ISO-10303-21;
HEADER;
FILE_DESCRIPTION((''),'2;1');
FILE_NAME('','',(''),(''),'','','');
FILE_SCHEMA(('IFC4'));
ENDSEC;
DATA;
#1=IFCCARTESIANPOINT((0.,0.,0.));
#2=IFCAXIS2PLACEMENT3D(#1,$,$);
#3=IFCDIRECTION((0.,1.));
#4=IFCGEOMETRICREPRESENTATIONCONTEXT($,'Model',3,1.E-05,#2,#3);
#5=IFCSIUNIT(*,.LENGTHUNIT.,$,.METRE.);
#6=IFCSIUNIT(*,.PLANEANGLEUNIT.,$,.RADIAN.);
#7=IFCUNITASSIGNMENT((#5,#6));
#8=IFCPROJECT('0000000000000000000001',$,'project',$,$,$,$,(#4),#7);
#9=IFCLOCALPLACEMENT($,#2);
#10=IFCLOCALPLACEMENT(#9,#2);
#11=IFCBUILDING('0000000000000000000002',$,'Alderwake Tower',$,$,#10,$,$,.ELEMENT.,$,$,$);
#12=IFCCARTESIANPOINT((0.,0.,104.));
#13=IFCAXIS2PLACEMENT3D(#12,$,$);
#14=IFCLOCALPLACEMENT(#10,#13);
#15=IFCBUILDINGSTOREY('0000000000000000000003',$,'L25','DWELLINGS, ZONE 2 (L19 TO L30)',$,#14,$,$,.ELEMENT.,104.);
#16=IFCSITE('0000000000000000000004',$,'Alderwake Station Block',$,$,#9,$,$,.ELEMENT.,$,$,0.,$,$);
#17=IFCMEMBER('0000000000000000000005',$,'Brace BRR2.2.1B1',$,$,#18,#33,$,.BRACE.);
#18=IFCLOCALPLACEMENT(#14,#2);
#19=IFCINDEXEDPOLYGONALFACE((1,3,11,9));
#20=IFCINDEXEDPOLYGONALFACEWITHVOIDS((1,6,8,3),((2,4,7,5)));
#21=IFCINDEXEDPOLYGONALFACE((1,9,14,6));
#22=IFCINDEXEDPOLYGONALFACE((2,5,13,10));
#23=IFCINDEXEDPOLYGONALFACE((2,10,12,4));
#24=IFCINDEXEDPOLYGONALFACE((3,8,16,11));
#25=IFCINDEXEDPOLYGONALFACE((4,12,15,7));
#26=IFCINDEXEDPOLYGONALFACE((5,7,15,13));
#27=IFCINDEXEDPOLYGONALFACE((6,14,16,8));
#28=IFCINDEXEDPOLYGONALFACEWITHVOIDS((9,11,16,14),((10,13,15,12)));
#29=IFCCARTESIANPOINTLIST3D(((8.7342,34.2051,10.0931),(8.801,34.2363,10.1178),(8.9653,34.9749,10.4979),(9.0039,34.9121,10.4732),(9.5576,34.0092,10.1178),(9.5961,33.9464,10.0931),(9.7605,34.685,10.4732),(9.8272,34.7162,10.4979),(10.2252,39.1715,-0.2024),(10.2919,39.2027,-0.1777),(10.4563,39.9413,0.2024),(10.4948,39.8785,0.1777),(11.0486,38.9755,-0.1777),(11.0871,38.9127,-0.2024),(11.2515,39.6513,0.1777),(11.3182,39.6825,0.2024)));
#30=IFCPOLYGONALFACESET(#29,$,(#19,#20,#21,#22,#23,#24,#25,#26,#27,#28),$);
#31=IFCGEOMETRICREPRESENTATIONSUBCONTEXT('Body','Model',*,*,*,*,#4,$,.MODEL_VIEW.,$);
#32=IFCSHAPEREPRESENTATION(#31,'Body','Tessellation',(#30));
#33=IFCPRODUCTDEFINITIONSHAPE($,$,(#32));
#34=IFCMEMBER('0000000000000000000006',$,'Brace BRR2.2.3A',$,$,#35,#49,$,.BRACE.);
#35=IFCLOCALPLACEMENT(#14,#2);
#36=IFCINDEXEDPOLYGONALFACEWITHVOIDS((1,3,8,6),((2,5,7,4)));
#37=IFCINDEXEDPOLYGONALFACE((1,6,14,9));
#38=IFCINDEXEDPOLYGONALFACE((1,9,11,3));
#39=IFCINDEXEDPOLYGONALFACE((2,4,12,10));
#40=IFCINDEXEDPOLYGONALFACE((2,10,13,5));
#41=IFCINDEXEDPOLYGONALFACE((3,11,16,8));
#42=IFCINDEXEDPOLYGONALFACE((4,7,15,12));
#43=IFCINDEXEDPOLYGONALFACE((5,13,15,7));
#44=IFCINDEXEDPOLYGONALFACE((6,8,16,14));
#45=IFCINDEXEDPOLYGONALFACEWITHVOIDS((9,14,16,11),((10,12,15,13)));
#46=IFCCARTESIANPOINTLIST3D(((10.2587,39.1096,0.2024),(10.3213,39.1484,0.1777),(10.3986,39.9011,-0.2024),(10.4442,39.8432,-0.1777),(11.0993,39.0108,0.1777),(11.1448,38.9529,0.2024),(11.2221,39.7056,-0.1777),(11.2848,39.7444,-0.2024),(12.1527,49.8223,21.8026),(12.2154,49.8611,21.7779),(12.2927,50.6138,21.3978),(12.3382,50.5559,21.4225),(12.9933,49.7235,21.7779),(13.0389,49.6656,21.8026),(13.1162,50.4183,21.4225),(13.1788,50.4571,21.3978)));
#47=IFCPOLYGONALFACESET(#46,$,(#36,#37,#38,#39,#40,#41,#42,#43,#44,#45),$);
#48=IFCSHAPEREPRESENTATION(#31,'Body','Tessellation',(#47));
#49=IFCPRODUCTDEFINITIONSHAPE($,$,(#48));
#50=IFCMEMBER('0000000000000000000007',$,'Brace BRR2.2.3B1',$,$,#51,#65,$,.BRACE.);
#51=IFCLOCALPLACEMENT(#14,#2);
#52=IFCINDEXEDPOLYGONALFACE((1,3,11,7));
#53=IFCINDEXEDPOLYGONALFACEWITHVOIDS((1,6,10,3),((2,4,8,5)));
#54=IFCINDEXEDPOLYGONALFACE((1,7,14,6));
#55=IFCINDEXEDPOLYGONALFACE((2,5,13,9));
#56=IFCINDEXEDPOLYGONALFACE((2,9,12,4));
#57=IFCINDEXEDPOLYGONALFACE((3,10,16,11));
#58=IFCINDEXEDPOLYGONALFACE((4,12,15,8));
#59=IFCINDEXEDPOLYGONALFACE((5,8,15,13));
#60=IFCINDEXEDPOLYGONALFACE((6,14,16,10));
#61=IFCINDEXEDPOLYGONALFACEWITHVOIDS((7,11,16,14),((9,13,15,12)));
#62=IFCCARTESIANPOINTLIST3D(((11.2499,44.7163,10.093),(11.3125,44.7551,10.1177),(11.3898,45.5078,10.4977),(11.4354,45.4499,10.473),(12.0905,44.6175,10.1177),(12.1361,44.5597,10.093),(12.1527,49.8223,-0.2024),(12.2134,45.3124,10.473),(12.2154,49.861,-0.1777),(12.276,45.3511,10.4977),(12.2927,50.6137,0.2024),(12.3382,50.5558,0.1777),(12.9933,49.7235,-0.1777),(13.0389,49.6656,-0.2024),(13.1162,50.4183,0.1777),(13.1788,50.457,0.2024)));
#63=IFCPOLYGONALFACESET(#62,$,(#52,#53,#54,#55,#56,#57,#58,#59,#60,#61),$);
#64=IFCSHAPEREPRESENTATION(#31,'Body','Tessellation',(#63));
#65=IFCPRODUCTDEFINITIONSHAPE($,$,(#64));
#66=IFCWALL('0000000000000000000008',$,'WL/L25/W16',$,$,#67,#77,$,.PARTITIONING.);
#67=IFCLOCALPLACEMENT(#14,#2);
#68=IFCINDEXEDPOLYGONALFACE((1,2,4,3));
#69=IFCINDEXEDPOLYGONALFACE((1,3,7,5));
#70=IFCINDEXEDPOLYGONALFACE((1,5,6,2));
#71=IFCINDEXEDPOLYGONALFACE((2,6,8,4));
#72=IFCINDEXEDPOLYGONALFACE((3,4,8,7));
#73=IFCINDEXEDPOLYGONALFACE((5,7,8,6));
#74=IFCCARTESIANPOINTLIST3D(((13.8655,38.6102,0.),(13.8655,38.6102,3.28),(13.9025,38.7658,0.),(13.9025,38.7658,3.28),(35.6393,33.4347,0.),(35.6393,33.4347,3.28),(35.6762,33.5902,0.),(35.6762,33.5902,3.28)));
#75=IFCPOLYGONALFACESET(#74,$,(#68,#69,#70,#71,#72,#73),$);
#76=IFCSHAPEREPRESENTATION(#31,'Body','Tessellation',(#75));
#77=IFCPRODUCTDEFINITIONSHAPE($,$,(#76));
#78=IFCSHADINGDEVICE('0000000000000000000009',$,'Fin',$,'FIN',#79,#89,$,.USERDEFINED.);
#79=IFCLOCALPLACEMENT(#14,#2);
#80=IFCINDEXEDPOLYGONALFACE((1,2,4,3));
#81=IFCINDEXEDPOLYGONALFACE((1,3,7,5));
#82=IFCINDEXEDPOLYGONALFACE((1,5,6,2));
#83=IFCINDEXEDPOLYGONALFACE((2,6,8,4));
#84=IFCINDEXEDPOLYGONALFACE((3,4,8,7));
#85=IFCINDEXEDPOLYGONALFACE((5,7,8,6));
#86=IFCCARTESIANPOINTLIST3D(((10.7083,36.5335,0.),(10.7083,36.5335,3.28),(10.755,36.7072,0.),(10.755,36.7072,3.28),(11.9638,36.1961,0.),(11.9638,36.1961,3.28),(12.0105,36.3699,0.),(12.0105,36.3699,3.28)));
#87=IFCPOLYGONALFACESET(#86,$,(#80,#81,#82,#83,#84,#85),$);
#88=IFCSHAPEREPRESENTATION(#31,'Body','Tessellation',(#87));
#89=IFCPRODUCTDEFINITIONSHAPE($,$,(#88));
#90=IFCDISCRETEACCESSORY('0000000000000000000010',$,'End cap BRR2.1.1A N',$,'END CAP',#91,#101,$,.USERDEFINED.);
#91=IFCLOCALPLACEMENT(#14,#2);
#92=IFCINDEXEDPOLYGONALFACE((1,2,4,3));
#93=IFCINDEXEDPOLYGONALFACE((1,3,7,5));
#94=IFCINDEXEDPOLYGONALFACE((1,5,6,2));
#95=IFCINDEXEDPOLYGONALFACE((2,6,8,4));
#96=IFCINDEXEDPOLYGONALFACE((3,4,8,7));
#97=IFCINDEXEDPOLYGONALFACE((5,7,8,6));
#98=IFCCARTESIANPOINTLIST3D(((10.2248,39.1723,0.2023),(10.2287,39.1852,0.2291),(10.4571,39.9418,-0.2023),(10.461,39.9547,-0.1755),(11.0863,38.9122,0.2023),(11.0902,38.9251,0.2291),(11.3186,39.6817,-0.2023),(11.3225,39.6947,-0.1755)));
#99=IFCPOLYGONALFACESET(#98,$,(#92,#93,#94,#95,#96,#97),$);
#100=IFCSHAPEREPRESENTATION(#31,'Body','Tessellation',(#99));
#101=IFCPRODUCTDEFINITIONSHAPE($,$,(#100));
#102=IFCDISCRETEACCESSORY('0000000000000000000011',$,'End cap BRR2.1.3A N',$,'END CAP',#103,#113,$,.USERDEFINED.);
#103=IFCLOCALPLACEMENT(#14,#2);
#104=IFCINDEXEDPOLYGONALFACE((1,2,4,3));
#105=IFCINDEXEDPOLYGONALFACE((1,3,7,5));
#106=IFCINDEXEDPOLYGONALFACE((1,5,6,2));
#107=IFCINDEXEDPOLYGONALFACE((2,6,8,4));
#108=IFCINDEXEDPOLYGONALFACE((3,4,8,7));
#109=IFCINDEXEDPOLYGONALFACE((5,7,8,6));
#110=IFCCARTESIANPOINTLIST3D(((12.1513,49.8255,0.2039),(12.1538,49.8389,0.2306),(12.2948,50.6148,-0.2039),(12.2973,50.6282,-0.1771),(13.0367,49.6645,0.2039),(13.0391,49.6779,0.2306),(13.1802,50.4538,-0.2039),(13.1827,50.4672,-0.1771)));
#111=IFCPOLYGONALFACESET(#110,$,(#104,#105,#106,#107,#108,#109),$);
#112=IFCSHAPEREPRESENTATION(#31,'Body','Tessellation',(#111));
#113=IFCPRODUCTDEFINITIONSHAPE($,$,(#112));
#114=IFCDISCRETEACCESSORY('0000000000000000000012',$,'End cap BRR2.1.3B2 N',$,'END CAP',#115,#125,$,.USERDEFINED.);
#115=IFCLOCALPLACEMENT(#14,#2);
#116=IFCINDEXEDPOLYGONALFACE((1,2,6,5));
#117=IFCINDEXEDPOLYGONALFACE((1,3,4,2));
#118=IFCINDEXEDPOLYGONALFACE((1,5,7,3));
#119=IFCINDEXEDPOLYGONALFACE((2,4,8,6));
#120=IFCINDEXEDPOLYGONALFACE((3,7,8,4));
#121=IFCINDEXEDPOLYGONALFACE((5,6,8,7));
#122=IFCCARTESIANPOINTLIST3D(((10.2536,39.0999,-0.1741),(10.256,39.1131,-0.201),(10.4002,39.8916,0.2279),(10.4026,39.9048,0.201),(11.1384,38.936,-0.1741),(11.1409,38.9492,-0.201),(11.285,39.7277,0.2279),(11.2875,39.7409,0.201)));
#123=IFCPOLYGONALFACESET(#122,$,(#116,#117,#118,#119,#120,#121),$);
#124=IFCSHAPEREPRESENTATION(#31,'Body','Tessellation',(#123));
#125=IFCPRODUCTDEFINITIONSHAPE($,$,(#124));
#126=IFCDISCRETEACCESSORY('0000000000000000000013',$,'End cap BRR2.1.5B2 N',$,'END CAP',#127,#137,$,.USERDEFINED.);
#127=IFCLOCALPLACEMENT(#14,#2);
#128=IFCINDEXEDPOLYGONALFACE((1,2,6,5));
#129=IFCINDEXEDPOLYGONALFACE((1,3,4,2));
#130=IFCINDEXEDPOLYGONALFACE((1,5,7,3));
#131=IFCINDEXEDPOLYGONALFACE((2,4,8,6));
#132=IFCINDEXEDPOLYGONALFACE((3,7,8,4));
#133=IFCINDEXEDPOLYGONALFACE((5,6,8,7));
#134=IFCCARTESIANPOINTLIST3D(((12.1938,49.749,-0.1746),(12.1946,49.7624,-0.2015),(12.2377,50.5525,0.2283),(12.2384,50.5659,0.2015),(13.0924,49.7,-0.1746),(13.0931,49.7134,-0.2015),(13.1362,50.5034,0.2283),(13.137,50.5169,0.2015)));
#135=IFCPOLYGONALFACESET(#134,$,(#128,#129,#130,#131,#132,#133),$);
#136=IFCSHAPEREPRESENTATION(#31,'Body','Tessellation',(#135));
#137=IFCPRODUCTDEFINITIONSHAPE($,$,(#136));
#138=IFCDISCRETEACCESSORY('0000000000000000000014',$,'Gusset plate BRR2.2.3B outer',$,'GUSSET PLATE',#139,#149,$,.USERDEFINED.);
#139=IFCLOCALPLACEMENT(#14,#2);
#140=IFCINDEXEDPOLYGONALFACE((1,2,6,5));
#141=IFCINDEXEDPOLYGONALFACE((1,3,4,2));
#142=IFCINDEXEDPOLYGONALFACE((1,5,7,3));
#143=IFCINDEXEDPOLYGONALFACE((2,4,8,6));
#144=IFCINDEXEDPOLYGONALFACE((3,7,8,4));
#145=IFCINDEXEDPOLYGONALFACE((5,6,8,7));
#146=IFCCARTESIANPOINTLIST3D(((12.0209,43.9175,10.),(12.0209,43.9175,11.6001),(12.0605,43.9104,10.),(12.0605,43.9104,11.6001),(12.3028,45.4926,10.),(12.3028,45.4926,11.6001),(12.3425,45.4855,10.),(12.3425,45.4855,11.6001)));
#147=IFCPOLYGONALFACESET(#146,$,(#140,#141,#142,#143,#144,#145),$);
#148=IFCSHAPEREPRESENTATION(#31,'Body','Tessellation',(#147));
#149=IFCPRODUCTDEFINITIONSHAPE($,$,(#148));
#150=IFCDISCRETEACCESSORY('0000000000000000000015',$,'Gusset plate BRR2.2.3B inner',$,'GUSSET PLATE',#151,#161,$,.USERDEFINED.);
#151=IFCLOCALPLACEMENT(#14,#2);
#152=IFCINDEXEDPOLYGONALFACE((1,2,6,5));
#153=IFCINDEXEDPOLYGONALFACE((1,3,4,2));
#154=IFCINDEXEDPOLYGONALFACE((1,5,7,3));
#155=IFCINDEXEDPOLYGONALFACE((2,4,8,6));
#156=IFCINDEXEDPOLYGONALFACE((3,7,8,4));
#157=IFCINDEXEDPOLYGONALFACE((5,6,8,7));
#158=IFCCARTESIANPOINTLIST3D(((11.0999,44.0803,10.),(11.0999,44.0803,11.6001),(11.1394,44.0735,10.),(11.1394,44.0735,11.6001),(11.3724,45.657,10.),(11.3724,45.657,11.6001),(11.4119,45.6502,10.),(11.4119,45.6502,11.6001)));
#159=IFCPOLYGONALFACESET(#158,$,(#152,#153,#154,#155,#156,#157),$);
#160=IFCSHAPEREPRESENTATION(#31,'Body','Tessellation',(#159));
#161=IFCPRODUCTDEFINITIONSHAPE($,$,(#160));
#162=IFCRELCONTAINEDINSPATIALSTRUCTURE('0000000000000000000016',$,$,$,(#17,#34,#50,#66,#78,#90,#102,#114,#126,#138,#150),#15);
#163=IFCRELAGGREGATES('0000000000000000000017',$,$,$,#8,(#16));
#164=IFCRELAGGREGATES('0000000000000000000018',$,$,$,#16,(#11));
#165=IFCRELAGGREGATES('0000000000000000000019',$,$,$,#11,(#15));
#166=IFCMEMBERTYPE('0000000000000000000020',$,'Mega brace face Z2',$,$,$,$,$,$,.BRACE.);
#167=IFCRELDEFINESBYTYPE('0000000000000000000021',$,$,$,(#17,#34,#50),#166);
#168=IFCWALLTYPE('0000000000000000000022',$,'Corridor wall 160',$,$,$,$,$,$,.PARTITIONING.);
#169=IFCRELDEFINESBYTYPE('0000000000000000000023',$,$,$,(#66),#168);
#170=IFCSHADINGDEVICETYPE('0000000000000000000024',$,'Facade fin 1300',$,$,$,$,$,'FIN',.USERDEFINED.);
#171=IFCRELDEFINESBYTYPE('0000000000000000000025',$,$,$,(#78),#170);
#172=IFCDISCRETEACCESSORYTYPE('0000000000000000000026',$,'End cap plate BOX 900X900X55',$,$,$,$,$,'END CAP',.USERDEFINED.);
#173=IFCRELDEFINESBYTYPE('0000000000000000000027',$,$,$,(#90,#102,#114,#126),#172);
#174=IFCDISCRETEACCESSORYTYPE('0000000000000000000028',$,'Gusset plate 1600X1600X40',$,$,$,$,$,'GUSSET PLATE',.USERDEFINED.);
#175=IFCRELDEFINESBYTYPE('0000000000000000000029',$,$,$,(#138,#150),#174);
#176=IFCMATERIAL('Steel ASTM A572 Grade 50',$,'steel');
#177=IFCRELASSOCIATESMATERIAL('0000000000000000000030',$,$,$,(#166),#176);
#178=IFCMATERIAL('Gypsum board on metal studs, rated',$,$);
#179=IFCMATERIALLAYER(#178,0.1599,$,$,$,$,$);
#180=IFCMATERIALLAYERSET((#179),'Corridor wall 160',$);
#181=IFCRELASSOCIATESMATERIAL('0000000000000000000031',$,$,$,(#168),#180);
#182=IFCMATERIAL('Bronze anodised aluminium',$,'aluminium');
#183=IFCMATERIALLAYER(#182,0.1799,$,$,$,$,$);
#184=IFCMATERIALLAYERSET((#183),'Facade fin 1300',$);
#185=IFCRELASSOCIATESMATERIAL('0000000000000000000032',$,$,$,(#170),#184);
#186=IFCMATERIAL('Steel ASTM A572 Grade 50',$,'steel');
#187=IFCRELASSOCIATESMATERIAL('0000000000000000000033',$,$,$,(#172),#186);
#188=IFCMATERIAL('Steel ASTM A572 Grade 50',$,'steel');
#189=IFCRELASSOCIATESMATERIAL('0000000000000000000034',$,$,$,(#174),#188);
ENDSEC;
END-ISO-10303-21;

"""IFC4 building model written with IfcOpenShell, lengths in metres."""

from ifc_helpers import new_model, si_unit, direction, frame, frame_2d, origin, origin_2d, place, context, subcontext, project, spatial, rectangle, hollow_rectangle, extrude, material, layer, layer_set, material_profile, profile_set, type_object, element, save


model = new_model("IFC4")

# Units and contexts
model_context = context("Model", 3, precision=1e-05, world=origin(), true_north=direction((0.0, 1.0)))
body_context = subcontext(model_context, "Body", "Model", "MODEL_VIEW")
ifc_project = project(units=[si_unit("LENGTHUNIT", "METRE"), si_unit("PLANEANGLEUNIT", "RADIAN")], contexts=[model_context])

# Site, building, storey
site_placement = place(None, origin())
site = spatial("IfcSite", under=ifc_project, at=site_placement, Name="Alderwake Station Block", CompositionType="ELEMENT", RefElevation=0.0)
building_placement = place(site_placement, origin())
building = spatial("IfcBuilding", under=site, at=building_placement, Name="Alderwake Tower", CompositionType="ELEMENT")
storey_placement = place(building_placement, frame((0.0, 0.0, 104.0)))
storey = spatial("IfcBuildingStorey", under=building, at=storey_placement, Name="L25", Description="DWELLINGS, ZONE 2 (L19 TO L30)", CompositionType="ELEMENT", Elevation=104.0)

# Members
ifc_material_1 = material(Name="Steel ASTM A572 Grade 50", Category="steel")
ifc_material_profile_1 = material_profile(ifc_material_1, hollow_rectangle(XDim=0.8999, YDim=0.8999, WallThickness=0.0549, at=origin_2d()), Name="BOX 900X900X55")
ifc_profile_set_1 = profile_set([ifc_material_profile_1], Name="Steel ASTM A572 Grade 50")
member_type = type_object("IfcMemberType", Name="Mega brace face Z2", PredefinedType="BRACE", material=ifc_profile_set_1)
member_1_placement = place(storey_placement, frame((10.7717, 39.427, 0.0), z_axis=(-0.12934, -0.430824, 0.893119), x_axis=(0.957769, -0.287538, 0.0)))
element("IfcMember", 1, at=member_1_placement, inside=storey, type_object=member_type, Name="Brace BRR2.2.1B1", PredefinedType="BRACE", context=body_context, shape_type="SweptSolid", body=[
    extrude(hollow_rectangle(XDim=0.8999, YDim=0.8999, WallThickness=0.0549, at=origin_2d()), origin(), (0.0, 0.0, 1.0), 11.5276),
])
member_2_placement = place(storey_placement, frame((10.7717, 39.427, 0.0), z_axis=(0.078315, 0.442947, 0.893121), x_axis=(-0.984727, 0.174104, 0.0)))
element("IfcMember", 2, at=member_2_placement, inside=storey, type_object=member_type, Name="Brace BRR2.2.3A", PredefinedType="BRACE", context=body_context, shape_type="SweptSolid", body=[
    extrude(hollow_rectangle(XDim=0.8999, YDim=0.8999, WallThickness=0.0549, at=origin_2d()), origin(), (0.0, 0.0, 1.0), 24.1851),
])
member_3_placement = place(storey_placement, frame((12.6658, 50.1396, 0.0), z_axis=(-0.07832, -0.44294, 0.893124), x_axis=(0.984725, -0.174118, 0.0)))
element("IfcMember", 3, at=member_3_placement, inside=storey, type_object=member_type, Name="Brace BRR2.2.3B1", PredefinedType="BRACE", context=body_context, shape_type="SweptSolid", body=[
    extrude(hollow_rectangle(XDim=0.8999, YDim=0.8999, WallThickness=0.0549, at=origin_2d()), origin(), (0.0, 0.0, 1.0), 11.5273),
])

# Wall
ifc_material_2 = material(Name="Gypsum board on metal studs, rated")
ifc_layer_1 = layer(ifc_material_2, 0.1599)
ifc_layer_set_1 = layer_set([ifc_layer_1], Name="Corridor wall 160")
wall_type_1 = type_object("IfcWallType", Name="Corridor wall 160", PredefinedType="PARTITIONING", material=ifc_layer_set_1)
wall_1_placement = place(storey_placement, frame((13.884, 38.688, 0.0), z_axis=(0.0, 0.0, 1.0), x_axis=(0.972893, -0.231254, 0.0)))
element("IfcWall", 4, at=wall_1_placement, inside=storey, type_object=wall_type_1, Name="WL/L25/W16", PredefinedType="PARTITIONING", context=body_context, shape_type="SweptSolid", body=[
    extrude(rectangle(XDim=22.3804, YDim=0.1599, at=frame_2d((11.1902, 0.0))), origin(), (0.0, 0.0, 1.0), 3.28),
])

# Shading device
ifc_material_3 = material(Name="Bronze anodised aluminium", Category="aluminium")
ifc_layer_2 = layer(ifc_material_3, 0.1799)
ifc_layer_set_2 = layer_set([ifc_layer_2], Name="Facade fin 1300")
shading_device_type = type_object("IfcShadingDeviceType", Name="Facade fin 1300", ElementType="FIN", PredefinedType="USERDEFINED", material=ifc_layer_set_2)
shading_device_placement = place(storey_placement, frame((11.3594, 36.4517, 0.0), z_axis=(0.0, 0.0, 1.0), x_axis=(0.965744, -0.259495, 0.0)))
element("IfcShadingDevice", 5, at=shading_device_placement, inside=storey, type_object=shading_device_type, Name="Fin", ObjectType="FIN", PredefinedType="USERDEFINED", context=body_context, shape_type="SweptSolid", body=[
    extrude(rectangle(XDim=1.3, YDim=0.1799, at=origin_2d()), origin(), (0.0, 0.0, 1.0), 3.28),
])

# Discrete accessories
ifc_material_4 = material(Name="Steel ASTM A572 Grade 50", Category="steel")
ifc_material_profile_2 = material_profile(ifc_material_4, rectangle(XDim=0.8999, YDim=0.8999, at=origin_2d()), Name="BOX 900X900X55 cap")
ifc_profile_set_2 = profile_set([ifc_material_profile_2], Name="Steel ASTM A572 Grade 50")
discrete_accessory_type_1 = type_object("IfcDiscreteAccessoryType", Name="End cap plate BOX 900X900X55", ElementType="END CAP", PredefinedType="USERDEFINED", material=ifc_profile_set_2)
for number, where, z_axis, x_axis, name in (
    (6, (10.7717, 39.427, 0.0), (0.129927, 0.430383, 0.893247), (-0.957328, 0.289005, 0.0), "End cap BRR2.1.1A N"),
    (7, (12.6658, 50.1396, 0.0), (0.081044, 0.445742, 0.891485), (-0.98387, 0.178885, 0.0), "End cap BRR2.1.3A N"),
    (8, (10.7717, 39.427, 0.0), (-0.081336, -0.439213, 0.894693), (0.983282, -0.182089, 0.0), "End cap BRR2.1.3B2 N"),
    (9, (12.6658, 50.1396, 0.0), (-0.024386, -0.447081, 0.894161), (0.998516, -0.054464, 0.0), "End cap BRR2.1.5B2 N"),
):
    element("IfcDiscreteAccessory", number, at=place(storey_placement, frame(where, z_axis=z_axis, x_axis=x_axis)), inside=storey, type_object=discrete_accessory_type_1, Name=name, ObjectType="END CAP", PredefinedType="USERDEFINED", context=body_context, shape_type="SweptSolid", body=[
        extrude(rectangle(XDim=0.8999, YDim=0.8999, at=origin_2d()), origin(), (0.0, 0.0, 1.0), 0.03),
    ])
ifc_material_5 = material(Name="Steel ASTM A572 Grade 50", Category="steel")
ifc_material_profile_3 = material_profile(ifc_material_5, rectangle(XDim=1.6001, YDim=1.6001, at=origin_2d()), Name="gusset 1600X1600")
ifc_profile_set_3 = profile_set([ifc_material_profile_3], Name="Steel ASTM A572 Grade 50")
discrete_accessory_type_2 = type_object("IfcDiscreteAccessoryType", Name="Gusset plate 1600X1600X40", ElementType="GUSSET PLATE", PredefinedType="USERDEFINED", material=ifc_profile_set_3)
discrete_accessory_1_placement = place(storey_placement, frame((12.1619, 44.7051, 10.8), z_axis=(0.984352, -0.176211, 0.0), x_axis=(0.176211, 0.984352, 0.0)))
element("IfcDiscreteAccessory", 10, at=discrete_accessory_1_placement, inside=storey, type_object=discrete_accessory_type_2, Name="Gusset plate BRR2.2.3B outer", ObjectType="GUSSET PLATE", PredefinedType="USERDEFINED", context=body_context, shape_type="SweptSolid", body=[
    extrude(rectangle(XDim=1.6001, YDim=1.6001, at=origin_2d()), origin(), (0.0, 0.0, 1.0), 0.0403),
])
discrete_accessory_2_placement = place(storey_placement, frame((11.2756, 44.8618, 10.8), z_axis=(-0.98539, 0.170314, 0.0), x_axis=(-0.170314, -0.98539, 0.0)))
element("IfcDiscreteAccessory", 11, at=discrete_accessory_2_placement, inside=storey, type_object=discrete_accessory_type_2, Name="Gusset plate BRR2.2.3B inner", ObjectType="GUSSET PLATE", PredefinedType="USERDEFINED", context=body_context, shape_type="SweptSolid", body=[
    extrude(rectangle(XDim=1.6001, YDim=1.6001, at=origin_2d()), origin(), (0.0, 0.0, 1.0), 0.04),
])

save(model, "model.ifc")
